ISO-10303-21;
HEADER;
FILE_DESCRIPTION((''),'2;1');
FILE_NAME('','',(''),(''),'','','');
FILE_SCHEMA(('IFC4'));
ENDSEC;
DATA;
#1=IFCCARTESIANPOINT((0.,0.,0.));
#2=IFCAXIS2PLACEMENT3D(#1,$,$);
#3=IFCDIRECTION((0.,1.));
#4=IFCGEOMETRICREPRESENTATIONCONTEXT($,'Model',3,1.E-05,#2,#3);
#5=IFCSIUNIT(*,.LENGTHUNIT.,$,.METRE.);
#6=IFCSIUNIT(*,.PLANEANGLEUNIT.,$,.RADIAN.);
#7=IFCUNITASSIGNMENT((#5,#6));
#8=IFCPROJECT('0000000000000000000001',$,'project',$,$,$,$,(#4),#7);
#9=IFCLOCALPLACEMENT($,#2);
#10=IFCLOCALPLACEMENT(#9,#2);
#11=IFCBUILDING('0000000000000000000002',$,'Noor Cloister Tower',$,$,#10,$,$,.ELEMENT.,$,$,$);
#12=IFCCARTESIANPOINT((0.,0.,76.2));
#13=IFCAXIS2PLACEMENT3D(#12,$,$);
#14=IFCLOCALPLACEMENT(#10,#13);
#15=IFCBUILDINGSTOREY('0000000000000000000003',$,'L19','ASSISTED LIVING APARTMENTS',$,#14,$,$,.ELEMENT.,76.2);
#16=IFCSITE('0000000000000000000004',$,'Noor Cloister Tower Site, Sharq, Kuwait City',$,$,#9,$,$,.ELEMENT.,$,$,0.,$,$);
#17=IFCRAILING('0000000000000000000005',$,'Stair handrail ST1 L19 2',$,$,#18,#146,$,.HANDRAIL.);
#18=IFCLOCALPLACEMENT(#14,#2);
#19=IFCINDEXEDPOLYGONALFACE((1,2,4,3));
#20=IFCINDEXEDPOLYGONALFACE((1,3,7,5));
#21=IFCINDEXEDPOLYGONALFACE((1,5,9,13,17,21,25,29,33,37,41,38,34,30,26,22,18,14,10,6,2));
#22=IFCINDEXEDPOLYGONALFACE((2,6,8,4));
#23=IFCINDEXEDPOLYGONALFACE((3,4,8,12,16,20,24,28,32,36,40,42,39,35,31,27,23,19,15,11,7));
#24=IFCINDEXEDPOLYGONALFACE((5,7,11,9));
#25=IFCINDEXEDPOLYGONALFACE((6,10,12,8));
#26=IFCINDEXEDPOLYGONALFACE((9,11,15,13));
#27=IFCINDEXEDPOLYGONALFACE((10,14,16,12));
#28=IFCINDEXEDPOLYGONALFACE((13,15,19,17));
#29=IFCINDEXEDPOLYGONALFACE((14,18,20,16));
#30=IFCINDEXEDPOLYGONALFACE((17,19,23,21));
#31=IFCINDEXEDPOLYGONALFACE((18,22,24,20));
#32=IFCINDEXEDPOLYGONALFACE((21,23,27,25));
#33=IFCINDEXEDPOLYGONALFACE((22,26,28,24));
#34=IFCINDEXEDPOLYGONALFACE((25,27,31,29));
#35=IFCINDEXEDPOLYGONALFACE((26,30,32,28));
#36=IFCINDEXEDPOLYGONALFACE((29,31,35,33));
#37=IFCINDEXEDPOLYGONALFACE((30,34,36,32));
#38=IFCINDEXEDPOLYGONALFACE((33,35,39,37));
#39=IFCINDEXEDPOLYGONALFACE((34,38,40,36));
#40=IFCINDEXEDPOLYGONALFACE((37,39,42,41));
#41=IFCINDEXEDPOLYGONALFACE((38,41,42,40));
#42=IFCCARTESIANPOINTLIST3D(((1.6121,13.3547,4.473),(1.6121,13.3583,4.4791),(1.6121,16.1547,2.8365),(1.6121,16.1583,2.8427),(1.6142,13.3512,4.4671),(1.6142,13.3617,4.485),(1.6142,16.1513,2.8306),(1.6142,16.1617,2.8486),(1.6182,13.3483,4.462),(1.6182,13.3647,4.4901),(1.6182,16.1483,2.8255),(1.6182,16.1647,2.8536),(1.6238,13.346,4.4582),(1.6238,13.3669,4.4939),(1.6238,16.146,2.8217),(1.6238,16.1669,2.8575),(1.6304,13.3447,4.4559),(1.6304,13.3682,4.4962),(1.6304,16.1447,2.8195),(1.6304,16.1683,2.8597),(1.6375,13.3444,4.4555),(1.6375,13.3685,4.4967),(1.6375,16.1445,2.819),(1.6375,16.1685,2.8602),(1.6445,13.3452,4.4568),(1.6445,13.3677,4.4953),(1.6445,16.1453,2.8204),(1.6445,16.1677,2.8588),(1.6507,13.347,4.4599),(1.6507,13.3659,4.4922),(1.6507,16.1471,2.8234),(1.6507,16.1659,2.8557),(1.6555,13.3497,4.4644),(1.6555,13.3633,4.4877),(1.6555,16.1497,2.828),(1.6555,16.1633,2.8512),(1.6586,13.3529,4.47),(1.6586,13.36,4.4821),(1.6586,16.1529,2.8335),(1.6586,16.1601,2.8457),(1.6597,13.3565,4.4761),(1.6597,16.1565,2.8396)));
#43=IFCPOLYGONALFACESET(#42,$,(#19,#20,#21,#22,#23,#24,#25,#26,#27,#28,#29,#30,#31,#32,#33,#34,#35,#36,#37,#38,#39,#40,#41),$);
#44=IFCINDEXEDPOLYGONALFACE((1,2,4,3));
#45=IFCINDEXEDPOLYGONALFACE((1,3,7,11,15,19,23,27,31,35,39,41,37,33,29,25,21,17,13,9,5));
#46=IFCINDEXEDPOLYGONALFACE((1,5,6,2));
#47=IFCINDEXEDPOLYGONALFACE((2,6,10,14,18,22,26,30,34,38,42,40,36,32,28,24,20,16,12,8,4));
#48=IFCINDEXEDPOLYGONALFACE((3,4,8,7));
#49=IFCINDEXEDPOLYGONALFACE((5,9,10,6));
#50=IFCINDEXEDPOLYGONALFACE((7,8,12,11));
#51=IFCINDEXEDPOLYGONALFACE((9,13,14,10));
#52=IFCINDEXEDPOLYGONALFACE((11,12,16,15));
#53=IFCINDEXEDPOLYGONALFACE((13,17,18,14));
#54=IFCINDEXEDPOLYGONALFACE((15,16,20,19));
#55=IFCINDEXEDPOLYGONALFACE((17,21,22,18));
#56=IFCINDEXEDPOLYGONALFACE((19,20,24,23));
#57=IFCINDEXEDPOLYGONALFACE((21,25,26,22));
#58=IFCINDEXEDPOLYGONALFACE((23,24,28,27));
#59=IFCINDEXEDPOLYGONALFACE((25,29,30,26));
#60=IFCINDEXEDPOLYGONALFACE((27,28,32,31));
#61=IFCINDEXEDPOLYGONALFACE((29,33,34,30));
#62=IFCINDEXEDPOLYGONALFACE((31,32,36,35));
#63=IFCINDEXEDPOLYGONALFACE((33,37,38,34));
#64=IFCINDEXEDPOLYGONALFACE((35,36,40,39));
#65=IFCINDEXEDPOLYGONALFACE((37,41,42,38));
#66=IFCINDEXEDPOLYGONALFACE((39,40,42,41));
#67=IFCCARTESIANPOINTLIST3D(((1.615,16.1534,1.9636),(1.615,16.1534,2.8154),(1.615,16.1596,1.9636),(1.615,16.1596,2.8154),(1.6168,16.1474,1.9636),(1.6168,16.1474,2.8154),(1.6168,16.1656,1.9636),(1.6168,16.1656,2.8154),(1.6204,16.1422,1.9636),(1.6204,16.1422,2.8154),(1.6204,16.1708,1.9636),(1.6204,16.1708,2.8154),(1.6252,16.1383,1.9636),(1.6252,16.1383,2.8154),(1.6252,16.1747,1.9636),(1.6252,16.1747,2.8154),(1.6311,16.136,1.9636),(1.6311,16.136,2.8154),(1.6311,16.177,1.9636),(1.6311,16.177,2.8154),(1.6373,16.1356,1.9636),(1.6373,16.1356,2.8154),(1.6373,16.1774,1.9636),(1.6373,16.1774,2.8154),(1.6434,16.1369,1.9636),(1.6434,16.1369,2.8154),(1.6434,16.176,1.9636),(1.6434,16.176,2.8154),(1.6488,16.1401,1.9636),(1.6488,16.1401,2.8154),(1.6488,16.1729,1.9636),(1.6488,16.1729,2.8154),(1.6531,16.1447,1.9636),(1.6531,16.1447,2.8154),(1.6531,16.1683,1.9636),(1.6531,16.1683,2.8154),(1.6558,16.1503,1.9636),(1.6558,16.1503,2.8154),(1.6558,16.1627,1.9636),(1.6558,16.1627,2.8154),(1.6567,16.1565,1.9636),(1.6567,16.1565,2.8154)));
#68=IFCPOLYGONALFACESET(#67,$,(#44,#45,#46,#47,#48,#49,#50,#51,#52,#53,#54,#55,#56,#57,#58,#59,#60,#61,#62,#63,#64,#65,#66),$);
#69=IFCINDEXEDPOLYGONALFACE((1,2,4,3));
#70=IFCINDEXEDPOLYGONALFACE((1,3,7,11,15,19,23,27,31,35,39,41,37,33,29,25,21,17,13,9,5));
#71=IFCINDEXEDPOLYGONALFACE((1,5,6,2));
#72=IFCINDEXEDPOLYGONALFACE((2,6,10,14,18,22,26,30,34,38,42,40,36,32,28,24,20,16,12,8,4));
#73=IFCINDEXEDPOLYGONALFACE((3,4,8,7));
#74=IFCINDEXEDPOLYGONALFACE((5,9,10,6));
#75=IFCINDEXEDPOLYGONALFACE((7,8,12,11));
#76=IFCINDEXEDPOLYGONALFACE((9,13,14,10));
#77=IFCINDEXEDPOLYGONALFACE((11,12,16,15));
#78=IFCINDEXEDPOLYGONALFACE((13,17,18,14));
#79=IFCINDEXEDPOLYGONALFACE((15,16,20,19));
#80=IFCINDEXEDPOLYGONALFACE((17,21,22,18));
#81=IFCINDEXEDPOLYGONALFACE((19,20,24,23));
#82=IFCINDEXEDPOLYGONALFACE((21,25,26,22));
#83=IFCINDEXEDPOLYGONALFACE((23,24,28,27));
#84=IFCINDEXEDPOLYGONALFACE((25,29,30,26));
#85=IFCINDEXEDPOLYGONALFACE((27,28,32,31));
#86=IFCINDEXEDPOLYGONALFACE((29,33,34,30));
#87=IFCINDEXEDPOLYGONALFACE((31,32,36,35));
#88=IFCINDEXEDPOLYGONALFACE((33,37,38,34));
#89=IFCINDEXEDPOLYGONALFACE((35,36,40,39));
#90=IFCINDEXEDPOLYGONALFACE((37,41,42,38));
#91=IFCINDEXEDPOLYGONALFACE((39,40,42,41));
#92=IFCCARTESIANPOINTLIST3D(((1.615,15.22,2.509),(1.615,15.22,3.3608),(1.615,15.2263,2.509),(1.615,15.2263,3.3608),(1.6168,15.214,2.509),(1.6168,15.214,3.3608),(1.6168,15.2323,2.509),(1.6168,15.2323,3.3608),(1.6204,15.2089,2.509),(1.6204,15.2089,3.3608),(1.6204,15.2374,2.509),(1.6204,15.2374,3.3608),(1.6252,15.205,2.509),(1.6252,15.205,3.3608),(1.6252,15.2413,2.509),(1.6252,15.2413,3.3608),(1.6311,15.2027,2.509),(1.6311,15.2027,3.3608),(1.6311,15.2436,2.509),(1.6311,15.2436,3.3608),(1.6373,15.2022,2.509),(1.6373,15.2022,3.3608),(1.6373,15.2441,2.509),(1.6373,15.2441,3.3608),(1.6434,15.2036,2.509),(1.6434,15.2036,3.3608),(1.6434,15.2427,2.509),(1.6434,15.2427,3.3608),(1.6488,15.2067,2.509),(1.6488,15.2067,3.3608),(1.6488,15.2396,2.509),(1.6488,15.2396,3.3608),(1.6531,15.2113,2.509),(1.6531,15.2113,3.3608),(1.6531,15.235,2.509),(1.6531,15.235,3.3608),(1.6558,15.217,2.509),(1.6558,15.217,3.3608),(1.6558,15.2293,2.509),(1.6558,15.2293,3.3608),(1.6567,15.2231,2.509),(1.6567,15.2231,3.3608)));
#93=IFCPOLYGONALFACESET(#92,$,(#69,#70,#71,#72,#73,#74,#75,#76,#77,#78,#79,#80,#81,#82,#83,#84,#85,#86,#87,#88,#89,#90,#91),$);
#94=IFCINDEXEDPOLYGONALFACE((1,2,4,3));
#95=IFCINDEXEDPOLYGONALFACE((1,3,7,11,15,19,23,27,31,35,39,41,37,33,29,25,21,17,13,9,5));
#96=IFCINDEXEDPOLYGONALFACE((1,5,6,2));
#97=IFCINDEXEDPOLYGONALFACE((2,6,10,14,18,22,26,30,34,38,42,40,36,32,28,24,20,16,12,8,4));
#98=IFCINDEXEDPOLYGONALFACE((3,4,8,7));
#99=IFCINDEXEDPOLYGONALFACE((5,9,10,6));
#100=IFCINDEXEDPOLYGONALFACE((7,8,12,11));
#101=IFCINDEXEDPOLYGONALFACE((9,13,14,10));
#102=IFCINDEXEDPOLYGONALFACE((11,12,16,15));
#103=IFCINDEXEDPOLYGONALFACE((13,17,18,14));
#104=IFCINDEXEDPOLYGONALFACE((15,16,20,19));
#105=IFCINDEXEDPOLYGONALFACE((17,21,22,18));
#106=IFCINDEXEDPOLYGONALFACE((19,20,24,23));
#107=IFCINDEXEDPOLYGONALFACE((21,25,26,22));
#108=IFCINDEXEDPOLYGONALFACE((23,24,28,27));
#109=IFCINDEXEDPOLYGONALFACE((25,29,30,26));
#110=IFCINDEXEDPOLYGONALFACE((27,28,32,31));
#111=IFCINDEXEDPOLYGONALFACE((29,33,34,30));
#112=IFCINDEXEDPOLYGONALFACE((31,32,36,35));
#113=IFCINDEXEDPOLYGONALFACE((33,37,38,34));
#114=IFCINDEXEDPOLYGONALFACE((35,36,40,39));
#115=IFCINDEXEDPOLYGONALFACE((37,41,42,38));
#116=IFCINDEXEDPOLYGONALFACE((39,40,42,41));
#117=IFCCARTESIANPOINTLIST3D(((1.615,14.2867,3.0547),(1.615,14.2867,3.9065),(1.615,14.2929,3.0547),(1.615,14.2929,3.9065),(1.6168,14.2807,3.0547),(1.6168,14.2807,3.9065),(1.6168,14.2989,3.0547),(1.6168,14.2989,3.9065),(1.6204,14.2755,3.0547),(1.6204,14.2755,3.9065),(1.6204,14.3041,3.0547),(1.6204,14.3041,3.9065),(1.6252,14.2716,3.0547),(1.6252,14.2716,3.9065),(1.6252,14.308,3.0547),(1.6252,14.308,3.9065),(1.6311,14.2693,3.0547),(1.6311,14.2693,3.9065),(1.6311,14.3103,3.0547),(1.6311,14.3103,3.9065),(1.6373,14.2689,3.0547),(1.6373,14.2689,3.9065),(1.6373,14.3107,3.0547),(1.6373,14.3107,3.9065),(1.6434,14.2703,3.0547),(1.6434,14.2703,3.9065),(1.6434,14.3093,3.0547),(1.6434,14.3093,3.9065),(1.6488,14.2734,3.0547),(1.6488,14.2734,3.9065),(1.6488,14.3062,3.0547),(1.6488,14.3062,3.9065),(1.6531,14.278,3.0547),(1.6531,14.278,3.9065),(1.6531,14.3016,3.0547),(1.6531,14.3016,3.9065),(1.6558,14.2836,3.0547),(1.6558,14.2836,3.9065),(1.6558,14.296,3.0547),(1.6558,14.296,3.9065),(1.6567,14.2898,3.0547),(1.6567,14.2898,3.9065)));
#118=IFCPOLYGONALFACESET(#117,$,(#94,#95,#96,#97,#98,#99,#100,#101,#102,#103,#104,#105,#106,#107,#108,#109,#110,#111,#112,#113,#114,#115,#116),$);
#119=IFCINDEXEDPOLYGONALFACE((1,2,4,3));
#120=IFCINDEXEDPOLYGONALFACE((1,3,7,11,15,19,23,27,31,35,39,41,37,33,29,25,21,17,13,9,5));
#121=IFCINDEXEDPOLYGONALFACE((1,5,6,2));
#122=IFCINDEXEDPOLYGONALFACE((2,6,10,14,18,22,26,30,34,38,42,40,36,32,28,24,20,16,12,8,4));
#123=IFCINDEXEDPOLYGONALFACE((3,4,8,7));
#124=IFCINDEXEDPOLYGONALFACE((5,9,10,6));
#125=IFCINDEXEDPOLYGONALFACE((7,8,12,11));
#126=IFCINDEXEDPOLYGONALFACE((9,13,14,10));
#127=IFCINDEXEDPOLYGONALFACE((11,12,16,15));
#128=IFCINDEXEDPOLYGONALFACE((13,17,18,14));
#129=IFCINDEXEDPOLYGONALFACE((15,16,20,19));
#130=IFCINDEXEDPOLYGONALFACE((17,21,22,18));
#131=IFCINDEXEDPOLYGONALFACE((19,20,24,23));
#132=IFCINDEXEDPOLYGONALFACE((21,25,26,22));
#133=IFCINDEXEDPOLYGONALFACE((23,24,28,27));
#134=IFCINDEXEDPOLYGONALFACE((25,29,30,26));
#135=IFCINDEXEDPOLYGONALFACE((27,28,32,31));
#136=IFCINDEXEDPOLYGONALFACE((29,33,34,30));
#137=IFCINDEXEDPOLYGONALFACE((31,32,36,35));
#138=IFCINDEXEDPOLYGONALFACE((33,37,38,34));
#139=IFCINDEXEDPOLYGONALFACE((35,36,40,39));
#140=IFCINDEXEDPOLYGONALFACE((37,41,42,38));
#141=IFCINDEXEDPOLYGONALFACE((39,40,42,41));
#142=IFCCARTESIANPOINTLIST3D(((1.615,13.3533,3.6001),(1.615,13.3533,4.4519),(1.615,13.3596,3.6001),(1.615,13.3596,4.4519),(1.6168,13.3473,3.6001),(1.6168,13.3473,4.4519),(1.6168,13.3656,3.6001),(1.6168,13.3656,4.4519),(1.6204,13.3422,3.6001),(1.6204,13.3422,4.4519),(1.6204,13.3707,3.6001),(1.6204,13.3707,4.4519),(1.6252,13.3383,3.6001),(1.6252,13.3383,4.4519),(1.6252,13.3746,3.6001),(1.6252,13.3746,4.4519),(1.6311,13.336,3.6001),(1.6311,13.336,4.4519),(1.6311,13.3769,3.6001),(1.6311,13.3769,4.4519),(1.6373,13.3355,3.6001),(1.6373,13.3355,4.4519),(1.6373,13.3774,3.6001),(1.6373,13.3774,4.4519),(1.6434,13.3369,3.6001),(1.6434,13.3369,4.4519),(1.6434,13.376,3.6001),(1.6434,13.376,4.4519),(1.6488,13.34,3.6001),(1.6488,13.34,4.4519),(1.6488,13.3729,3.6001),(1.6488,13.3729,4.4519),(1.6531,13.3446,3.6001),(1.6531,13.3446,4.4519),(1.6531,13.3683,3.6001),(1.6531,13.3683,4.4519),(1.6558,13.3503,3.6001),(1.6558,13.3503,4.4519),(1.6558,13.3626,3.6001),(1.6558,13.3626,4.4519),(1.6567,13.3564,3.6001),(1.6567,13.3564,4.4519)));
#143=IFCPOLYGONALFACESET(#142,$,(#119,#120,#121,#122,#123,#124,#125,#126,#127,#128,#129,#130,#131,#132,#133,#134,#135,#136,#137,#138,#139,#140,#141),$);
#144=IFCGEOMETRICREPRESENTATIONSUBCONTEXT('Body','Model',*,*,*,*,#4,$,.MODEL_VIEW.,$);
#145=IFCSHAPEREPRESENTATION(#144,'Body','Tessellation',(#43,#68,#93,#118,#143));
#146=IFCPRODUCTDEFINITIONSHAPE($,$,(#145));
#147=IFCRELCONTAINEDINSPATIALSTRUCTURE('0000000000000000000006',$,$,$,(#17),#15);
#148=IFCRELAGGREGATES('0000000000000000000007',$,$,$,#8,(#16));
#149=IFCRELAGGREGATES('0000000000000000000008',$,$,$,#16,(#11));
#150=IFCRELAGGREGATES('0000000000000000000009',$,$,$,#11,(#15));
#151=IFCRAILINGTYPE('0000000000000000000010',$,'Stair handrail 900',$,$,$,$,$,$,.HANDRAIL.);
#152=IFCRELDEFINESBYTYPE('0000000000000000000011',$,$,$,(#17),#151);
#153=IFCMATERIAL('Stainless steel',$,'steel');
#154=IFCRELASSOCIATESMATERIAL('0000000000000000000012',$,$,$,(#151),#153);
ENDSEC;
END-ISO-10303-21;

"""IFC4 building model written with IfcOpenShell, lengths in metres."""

from ifc_helpers import new_model, si_unit, direction, frame, origin, origin_2d, place, context, subcontext, project, spatial, circle, extrude, material, type_object, element, save


model = new_model("IFC4")

# Units and contexts
model_context = context("Model", 3, precision=1e-05, world=origin(), true_north=direction((0.0, 1.0)))
body_context = subcontext(model_context, "Body", "Model", "MODEL_VIEW")
ifc_project = project(units=[si_unit("LENGTHUNIT", "METRE"), si_unit("PLANEANGLEUNIT", "RADIAN")], contexts=[model_context])

# Site, building, storey
site_placement = place(None, origin())
site = spatial("IfcSite", under=ifc_project, at=site_placement, Name="Noor Cloister Tower Site, Sharq, Kuwait City", CompositionType="ELEMENT", RefElevation=0.0)
building_placement = place(site_placement, origin())
building = spatial("IfcBuilding", under=site, at=building_placement, Name="Noor Cloister Tower", CompositionType="ELEMENT")
storey_placement = place(building_placement, frame((0.0, 0.0, 76.2)))
storey = spatial("IfcBuildingStorey", under=building, at=storey_placement, Name="L19", Description="ASSISTED LIVING APARTMENTS", CompositionType="ELEMENT", Elevation=76.2)

# Railing
ifc_material_1 = material(Name="Stainless steel", Category="steel")
railing_type_1 = type_object("IfcRailingType", Name="Stair handrail 900", PredefinedType="HANDRAIL", material=ifc_material_1)
railing_1_placement = place(storey_placement, frame((1.6357, 16.1565, 1.9636)))
element("IfcRailing", 1, at=railing_1_placement, inside=storey, type_object=railing_type_1, Name="Stair handrail ST1 L19 2", PredefinedType="HANDRAIL", context=body_context, shape_type="SweptSolid", body=[
    extrude(circle(Radius=0.0239, at=origin_2d()), frame((0.0, 0.0, 0.876), z_axis=(0.0, -0.863361, 0.504587), x_axis=(1.0, 0.0, 0.0)), (0.0, 0.0, 1.0), 3.2432),
    extrude(circle(Radius=0.021, at=origin_2d()), origin(), (0.0, 0.0, 1.0), 0.8518),
    extrude(circle(Radius=0.021, at=origin_2d()), frame((0.0, -0.9333, 0.5454)), (0.0, 0.0, 1.0), 0.8518),
    extrude(circle(Radius=0.021, at=origin_2d()), frame((0.0, -1.8667, 1.0911)), (0.0, 0.0, 1.0), 0.8518),
    extrude(circle(Radius=0.021, at=origin_2d()), frame((0.0, -2.8, 1.6365)), (0.0, 0.0, 1.0), 0.8518),
])

save(model, "model.ifc")
